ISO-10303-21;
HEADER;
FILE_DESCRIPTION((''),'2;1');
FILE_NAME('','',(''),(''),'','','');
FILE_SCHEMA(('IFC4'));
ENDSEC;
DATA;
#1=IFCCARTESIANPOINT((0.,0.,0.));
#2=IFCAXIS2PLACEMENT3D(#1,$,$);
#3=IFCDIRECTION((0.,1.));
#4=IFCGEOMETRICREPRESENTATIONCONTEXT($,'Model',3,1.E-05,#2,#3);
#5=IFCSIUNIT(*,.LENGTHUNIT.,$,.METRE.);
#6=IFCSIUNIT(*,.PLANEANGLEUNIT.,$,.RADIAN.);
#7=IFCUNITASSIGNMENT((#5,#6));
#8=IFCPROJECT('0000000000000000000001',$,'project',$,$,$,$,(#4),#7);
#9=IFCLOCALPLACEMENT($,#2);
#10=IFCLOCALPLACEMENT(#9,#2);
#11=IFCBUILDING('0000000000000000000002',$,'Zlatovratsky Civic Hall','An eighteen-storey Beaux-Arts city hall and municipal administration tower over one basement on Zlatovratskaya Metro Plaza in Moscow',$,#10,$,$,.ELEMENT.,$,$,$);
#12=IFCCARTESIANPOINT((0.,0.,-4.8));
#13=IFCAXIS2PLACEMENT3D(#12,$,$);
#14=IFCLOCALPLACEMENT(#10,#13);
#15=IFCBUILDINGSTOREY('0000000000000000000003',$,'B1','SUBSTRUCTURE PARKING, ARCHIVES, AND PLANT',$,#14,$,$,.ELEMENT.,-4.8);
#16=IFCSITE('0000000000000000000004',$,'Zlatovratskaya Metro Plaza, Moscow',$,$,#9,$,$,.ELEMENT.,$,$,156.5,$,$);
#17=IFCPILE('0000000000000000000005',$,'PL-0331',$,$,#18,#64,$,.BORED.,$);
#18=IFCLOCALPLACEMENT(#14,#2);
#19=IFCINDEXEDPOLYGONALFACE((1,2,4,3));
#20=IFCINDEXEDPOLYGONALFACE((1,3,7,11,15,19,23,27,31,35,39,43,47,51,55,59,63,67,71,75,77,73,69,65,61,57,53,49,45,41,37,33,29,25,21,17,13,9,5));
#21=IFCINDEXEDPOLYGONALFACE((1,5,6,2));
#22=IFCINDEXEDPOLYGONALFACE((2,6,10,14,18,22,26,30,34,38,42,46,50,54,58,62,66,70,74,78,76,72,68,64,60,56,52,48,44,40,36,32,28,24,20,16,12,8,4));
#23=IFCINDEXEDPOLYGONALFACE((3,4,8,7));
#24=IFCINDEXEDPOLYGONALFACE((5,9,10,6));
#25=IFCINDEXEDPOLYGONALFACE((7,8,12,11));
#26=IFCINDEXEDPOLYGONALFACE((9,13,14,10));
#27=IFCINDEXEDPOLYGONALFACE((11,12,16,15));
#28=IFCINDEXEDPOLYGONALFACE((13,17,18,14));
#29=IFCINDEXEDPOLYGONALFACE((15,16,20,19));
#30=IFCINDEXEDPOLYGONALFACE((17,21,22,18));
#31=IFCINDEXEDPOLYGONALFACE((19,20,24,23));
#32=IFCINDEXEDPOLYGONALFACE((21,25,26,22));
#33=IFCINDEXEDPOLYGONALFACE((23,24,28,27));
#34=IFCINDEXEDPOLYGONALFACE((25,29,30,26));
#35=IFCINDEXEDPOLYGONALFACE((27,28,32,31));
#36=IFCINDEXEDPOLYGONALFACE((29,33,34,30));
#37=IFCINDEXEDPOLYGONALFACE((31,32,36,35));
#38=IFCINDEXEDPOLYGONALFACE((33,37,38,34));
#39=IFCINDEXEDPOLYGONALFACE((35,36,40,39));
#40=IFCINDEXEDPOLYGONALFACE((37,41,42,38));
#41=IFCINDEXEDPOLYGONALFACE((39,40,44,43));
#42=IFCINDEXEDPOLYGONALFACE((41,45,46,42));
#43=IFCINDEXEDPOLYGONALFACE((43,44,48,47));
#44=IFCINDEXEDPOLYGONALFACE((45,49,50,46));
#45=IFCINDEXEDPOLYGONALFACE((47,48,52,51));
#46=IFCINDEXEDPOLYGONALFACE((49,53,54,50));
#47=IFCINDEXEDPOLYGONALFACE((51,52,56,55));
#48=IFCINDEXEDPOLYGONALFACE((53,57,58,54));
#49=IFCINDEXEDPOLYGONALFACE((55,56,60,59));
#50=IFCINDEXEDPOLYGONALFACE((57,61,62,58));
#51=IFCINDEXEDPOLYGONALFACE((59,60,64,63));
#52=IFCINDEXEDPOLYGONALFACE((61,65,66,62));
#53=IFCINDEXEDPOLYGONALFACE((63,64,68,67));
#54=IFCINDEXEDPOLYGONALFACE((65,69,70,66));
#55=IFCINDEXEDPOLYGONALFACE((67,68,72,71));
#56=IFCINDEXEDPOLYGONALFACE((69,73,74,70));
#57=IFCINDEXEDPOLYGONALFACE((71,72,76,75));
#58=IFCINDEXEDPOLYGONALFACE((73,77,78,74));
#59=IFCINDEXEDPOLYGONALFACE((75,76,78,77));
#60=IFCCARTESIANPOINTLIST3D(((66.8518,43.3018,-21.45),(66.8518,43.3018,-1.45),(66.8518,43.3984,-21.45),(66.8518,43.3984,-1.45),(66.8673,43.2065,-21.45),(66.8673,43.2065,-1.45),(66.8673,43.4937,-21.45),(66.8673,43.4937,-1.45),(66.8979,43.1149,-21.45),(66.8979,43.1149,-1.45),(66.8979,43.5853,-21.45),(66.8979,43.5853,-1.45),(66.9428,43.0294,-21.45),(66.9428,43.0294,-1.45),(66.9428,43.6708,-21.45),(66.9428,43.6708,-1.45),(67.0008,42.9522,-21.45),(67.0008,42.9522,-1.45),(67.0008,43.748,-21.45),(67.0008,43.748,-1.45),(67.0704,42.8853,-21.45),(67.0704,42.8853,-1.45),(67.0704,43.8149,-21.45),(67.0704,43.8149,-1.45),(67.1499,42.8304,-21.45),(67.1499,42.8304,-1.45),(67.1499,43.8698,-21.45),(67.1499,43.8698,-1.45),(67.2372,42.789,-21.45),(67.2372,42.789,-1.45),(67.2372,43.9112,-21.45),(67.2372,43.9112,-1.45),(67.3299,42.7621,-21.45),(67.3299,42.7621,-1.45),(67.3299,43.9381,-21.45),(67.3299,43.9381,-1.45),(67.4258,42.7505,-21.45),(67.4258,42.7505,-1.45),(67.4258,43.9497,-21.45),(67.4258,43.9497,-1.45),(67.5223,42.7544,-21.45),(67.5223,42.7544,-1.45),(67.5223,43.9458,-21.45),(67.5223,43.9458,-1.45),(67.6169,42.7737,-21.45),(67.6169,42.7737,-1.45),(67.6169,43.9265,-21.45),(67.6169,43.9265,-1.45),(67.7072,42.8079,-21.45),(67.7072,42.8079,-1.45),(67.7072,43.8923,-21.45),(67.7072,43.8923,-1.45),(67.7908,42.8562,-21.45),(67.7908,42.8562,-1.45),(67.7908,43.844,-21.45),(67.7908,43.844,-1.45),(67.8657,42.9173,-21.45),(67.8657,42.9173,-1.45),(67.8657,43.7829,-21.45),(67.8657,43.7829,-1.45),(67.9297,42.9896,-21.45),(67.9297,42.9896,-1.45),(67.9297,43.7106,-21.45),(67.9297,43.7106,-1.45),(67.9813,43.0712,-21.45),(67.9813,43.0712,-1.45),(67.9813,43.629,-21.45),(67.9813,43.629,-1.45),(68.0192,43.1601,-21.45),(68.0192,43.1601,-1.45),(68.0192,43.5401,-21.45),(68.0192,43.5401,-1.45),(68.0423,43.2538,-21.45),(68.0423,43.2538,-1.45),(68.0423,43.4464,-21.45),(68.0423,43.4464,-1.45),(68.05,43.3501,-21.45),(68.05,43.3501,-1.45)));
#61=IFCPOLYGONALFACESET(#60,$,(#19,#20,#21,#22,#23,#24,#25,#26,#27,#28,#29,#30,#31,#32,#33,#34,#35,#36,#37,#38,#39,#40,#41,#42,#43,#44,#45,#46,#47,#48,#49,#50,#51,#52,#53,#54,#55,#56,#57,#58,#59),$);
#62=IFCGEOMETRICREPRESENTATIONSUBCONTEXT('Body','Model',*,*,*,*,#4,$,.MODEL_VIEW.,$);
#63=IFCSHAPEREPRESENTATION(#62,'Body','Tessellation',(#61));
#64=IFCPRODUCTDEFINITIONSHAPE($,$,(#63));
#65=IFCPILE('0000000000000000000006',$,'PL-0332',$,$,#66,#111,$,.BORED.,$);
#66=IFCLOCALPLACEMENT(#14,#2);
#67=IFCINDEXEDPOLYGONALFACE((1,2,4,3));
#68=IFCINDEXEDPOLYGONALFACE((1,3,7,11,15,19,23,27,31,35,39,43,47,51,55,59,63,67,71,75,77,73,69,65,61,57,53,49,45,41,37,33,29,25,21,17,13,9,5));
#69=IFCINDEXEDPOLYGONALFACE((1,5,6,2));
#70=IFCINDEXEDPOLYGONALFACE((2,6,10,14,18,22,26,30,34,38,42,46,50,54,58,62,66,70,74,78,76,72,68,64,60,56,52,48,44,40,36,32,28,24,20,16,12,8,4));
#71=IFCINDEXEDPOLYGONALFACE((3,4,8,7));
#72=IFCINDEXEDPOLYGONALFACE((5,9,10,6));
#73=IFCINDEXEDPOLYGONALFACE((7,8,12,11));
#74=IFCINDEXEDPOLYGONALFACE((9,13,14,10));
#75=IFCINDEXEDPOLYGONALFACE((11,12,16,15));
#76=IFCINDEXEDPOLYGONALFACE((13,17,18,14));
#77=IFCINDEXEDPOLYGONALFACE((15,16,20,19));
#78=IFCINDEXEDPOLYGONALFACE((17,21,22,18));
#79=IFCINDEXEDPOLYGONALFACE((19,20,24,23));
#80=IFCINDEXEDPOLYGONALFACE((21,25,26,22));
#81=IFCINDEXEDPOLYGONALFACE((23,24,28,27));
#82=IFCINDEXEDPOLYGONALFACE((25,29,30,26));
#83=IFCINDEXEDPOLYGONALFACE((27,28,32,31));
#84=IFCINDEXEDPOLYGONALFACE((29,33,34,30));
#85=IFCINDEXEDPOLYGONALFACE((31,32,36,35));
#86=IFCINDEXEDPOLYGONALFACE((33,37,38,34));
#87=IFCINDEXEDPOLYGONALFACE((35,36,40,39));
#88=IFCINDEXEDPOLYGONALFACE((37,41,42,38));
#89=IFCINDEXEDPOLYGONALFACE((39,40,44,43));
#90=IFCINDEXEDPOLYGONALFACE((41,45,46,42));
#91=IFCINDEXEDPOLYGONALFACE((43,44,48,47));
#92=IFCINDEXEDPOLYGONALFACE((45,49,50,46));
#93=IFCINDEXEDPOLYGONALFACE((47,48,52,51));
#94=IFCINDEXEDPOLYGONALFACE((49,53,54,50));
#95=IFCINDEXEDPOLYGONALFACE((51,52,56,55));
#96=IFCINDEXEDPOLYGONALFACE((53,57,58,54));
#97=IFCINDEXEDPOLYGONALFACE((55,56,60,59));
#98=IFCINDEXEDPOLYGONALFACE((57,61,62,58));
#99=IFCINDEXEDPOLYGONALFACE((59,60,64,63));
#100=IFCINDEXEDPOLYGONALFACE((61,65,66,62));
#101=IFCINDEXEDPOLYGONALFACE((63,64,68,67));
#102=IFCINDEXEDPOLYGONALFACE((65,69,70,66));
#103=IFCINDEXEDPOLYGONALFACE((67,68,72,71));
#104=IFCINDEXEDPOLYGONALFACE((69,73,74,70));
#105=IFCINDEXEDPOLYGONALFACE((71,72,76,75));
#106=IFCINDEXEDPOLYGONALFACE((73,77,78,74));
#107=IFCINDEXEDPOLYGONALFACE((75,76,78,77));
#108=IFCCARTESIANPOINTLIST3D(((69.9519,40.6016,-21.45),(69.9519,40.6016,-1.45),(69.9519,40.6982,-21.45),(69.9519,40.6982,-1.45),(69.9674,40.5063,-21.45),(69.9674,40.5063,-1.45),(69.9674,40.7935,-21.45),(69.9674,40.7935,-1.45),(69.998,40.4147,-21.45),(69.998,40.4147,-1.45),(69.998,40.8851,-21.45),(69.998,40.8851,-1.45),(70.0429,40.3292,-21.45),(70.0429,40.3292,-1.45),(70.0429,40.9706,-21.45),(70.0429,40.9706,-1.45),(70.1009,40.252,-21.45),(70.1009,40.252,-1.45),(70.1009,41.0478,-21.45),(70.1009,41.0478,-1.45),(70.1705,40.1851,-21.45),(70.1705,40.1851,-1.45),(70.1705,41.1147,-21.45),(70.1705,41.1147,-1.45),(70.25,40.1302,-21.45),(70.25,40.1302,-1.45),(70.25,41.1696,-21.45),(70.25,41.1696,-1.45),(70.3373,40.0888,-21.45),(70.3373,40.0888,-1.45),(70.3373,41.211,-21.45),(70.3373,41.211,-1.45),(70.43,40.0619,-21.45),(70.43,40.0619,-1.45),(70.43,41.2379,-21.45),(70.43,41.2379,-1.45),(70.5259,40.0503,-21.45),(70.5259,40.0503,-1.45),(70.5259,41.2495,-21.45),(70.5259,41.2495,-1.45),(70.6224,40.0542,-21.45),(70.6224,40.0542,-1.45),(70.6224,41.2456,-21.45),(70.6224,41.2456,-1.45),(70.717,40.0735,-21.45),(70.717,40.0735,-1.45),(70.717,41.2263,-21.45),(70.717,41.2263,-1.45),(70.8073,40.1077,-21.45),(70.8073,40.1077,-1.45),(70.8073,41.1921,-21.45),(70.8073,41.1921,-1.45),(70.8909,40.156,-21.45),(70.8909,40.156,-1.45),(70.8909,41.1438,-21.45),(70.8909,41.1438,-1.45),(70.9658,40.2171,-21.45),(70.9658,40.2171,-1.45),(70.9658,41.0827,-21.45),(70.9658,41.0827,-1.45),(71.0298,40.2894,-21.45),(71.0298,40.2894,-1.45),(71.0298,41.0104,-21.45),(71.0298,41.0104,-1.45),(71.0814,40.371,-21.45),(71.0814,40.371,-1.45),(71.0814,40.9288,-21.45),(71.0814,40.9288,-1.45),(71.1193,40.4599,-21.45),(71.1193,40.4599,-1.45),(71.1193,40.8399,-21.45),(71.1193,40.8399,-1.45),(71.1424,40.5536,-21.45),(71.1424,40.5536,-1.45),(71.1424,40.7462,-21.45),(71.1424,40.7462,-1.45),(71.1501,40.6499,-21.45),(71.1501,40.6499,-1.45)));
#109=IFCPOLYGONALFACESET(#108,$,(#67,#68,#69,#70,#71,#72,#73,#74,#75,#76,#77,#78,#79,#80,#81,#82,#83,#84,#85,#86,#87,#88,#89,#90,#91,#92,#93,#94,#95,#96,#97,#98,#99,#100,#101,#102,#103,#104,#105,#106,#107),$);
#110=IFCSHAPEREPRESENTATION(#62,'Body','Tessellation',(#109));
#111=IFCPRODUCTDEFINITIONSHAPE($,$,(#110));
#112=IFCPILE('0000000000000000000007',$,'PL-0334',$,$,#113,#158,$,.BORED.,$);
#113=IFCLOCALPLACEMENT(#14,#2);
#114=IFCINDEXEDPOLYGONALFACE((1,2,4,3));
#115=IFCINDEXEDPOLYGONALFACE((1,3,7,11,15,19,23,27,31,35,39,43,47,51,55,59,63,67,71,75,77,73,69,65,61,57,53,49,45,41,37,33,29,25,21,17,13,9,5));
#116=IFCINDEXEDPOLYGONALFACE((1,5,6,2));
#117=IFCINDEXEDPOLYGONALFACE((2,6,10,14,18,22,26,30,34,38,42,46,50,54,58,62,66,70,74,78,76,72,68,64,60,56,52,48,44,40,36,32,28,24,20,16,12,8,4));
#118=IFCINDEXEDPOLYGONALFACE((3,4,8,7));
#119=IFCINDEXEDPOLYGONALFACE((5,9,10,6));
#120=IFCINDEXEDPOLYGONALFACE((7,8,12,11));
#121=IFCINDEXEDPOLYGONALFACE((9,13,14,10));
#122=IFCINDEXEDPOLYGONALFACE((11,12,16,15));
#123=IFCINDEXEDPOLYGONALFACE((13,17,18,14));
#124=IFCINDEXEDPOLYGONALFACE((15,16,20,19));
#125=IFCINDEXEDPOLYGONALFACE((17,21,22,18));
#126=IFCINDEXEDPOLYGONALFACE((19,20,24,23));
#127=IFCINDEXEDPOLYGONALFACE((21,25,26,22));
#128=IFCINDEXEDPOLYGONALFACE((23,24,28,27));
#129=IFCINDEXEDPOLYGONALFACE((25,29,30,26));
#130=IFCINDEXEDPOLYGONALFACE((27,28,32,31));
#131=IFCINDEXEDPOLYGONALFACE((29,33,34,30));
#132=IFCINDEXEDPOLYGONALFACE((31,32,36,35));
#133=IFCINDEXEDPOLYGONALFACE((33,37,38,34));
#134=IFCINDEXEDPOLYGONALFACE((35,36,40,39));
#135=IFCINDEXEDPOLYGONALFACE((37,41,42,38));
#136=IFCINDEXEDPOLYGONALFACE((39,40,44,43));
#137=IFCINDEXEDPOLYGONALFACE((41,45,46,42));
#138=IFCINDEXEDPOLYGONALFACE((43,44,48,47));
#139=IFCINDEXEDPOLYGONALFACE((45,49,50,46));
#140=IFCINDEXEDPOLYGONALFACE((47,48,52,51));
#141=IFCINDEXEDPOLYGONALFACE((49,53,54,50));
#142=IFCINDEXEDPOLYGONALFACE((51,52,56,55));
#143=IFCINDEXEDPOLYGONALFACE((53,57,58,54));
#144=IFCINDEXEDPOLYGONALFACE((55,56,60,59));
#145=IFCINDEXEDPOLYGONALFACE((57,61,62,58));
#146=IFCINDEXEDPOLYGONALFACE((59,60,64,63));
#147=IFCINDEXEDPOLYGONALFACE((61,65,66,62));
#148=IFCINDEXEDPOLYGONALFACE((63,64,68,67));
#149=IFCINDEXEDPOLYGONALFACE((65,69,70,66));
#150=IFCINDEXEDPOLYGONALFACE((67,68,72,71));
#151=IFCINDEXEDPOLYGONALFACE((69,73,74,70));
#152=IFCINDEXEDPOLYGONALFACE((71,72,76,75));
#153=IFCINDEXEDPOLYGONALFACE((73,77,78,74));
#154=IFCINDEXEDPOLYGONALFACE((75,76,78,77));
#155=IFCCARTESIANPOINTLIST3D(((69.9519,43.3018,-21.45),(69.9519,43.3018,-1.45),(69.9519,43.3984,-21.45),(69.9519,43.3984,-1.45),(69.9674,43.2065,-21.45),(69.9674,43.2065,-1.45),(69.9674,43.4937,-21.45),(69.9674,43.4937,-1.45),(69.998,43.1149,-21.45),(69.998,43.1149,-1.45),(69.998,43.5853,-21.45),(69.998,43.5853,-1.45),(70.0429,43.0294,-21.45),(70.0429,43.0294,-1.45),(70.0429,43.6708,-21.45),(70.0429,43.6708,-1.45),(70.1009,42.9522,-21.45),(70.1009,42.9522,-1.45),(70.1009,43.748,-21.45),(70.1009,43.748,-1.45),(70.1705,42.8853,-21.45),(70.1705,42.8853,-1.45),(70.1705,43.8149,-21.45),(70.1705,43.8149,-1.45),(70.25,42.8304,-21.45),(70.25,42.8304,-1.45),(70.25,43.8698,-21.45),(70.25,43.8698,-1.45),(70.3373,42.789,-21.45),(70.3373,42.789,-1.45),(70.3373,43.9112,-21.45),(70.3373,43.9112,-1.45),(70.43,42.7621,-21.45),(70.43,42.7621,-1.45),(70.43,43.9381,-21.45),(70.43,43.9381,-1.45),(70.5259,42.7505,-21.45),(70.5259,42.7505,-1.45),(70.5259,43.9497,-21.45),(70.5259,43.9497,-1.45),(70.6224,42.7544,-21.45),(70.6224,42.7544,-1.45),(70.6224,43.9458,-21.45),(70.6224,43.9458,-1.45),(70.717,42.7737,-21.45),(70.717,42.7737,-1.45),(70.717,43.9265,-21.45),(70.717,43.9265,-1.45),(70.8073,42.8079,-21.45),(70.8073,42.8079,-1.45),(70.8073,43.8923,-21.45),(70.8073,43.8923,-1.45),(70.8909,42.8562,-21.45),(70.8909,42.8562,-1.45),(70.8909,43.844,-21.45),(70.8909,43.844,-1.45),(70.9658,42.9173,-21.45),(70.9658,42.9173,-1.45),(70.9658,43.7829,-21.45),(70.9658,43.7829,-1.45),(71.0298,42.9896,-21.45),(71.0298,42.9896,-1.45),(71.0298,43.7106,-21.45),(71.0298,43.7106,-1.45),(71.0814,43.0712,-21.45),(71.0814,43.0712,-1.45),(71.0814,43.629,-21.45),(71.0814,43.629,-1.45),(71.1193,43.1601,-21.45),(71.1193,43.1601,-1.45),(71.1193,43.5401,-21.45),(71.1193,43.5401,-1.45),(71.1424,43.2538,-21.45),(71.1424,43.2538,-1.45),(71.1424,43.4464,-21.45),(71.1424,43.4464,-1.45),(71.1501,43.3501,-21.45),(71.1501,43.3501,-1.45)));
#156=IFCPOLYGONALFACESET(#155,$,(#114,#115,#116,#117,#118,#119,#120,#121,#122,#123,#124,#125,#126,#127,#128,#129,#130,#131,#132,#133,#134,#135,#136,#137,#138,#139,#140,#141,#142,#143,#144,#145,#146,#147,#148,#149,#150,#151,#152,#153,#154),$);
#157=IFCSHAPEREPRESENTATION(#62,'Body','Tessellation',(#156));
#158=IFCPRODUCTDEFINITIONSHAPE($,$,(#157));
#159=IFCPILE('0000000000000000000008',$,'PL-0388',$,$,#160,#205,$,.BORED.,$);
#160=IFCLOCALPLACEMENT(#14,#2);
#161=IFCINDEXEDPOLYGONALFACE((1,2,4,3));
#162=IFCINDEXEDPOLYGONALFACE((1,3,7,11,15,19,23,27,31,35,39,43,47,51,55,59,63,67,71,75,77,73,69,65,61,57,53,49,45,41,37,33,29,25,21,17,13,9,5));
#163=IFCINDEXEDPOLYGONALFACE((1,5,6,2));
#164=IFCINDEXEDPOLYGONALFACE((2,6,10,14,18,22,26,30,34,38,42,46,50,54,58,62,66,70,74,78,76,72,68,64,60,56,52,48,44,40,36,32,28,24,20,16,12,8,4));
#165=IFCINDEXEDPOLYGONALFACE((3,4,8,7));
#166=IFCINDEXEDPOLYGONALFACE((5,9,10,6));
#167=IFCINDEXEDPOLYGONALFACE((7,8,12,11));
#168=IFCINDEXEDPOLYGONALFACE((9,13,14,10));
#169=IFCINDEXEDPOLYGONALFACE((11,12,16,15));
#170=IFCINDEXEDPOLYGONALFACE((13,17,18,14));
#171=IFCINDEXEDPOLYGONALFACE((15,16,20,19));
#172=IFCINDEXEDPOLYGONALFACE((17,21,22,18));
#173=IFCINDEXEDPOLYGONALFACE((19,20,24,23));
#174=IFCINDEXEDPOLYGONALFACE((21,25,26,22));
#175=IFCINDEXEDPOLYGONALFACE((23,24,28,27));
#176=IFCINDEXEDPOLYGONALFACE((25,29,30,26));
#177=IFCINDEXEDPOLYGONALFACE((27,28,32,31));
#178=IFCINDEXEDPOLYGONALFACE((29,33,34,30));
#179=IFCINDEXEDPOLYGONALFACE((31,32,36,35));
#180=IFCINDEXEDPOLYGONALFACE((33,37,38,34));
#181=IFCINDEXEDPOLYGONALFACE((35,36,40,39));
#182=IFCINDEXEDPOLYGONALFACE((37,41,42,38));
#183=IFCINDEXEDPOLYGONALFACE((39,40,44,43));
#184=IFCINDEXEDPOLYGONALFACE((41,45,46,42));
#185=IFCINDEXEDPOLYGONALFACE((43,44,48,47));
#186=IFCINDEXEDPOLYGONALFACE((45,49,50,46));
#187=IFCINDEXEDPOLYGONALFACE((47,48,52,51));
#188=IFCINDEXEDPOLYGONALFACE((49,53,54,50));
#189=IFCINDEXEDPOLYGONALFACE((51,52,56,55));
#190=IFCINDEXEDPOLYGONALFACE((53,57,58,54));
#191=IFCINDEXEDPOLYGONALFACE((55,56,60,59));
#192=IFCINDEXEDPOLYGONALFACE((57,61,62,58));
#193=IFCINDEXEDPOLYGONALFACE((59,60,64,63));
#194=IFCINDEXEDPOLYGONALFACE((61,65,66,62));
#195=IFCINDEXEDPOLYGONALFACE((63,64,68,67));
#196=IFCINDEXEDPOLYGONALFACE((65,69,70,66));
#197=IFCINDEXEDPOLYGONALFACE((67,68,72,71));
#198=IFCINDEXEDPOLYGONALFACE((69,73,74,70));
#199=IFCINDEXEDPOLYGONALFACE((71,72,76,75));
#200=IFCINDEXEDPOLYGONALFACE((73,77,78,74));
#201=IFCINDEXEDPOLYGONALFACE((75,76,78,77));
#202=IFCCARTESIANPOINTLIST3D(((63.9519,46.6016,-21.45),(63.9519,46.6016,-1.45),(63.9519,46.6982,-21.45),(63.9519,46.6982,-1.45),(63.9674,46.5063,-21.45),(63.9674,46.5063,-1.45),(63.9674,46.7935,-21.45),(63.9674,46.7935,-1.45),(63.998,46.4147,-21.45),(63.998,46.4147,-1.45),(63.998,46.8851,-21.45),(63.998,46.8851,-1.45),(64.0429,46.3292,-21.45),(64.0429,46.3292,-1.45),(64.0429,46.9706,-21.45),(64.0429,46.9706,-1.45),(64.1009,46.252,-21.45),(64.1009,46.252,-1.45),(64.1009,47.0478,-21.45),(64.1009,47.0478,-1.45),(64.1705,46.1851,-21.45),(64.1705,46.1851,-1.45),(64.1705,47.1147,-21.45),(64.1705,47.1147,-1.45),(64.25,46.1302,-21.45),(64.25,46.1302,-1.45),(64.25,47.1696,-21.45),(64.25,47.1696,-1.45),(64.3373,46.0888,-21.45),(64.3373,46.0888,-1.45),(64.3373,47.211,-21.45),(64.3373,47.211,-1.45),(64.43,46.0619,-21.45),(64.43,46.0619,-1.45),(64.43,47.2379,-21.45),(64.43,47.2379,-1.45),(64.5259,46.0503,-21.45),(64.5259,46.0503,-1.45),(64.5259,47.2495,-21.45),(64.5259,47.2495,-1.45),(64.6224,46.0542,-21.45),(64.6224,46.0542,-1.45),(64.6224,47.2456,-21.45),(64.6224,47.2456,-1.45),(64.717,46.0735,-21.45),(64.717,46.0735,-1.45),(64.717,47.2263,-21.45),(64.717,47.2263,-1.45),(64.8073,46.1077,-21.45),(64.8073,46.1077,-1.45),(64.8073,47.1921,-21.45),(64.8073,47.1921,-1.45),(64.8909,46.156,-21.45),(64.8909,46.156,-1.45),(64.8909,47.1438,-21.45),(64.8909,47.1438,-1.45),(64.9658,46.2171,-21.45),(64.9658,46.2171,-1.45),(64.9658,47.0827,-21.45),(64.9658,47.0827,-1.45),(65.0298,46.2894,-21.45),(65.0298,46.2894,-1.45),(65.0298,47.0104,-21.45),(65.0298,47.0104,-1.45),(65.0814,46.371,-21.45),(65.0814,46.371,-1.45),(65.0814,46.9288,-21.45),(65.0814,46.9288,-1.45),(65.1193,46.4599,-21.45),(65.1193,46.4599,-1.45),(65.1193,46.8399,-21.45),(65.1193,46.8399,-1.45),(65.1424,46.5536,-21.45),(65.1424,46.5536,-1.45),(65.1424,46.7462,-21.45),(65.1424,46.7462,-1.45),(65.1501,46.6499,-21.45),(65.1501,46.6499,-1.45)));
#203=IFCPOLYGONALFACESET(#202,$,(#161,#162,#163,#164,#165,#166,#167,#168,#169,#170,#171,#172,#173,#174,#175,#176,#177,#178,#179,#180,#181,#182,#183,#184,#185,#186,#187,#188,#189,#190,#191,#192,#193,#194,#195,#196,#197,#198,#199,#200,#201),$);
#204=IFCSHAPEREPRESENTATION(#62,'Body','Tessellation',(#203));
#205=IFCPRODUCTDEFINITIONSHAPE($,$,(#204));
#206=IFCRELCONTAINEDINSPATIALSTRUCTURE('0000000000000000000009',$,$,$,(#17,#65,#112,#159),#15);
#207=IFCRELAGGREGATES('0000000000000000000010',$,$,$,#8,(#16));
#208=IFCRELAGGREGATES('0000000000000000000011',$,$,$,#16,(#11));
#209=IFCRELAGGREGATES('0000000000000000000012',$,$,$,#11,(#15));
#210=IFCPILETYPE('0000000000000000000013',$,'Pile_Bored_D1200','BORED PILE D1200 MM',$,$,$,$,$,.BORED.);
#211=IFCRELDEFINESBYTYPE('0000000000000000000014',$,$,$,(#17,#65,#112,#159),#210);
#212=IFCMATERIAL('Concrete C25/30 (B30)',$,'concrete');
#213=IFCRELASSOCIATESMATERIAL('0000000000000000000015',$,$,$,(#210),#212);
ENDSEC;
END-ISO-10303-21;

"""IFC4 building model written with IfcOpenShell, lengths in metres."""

from ifc_helpers import new_model, si_unit, direction, frame, origin, origin_2d, place, context, subcontext, project, spatial, circle, extrude, material, material_profile, profile_set, type_object, element, save


model = new_model("IFC4")

# Units and contexts
model_context = context("Model", 3, precision=1e-05, world=origin(), true_north=direction((0.0, 1.0)))
body_context = subcontext(model_context, "Body", "Model", "MODEL_VIEW")
ifc_project = project(units=[si_unit("LENGTHUNIT", "METRE"), si_unit("PLANEANGLEUNIT", "RADIAN")], contexts=[model_context])

# Site, building, storey
site_placement = place(None, origin())
site = spatial("IfcSite", under=ifc_project, at=site_placement, Name="Zlatovratskaya Metro Plaza, Moscow", CompositionType="ELEMENT", RefElevation=156.5)
building_placement = place(site_placement, origin())
building = spatial("IfcBuilding", under=site, at=building_placement, Name="Zlatovratsky Civic Hall", Description="An eighteen-storey Beaux-Arts city hall and municipal administration tower over one basement on Zlatovratskaya Metro Plaza in Moscow", CompositionType="ELEMENT")
storey_placement = place(building_placement, frame((0.0, 0.0, -4.8)))
storey = spatial("IfcBuildingStorey", under=building, at=storey_placement, Name="B1", Description="SUBSTRUCTURE PARKING, ARCHIVES, AND PLANT", CompositionType="ELEMENT", Elevation=-4.8)

# Shared definitions
ifc_material_1 = material(Name="Concrete C25/30 (B30)", Category="concrete")

# Piles
ifc_material_profile_1 = material_profile(ifc_material_1, circle(Radius=0.6001, at=origin_2d()), Name="PILE D1200")
ifc_profile_set_1 = profile_set([ifc_material_profile_1], Name="Concrete C25/30 (B30)")
pile_type_1 = type_object("IfcPileType", Name="Pile_Bored_D1200", Description="BORED PILE D1200 MM", PredefinedType="BORED", material=ifc_profile_set_1)
for number, where, z_axis, x_axis, name in (
    (1, (67.45, 43.3501, -1.45), (0.0, 0.0, -1.0), (1.0, 0.0, 0.0), "PL-0331"),
    (2, (70.55, 40.6499, -1.45), (0.0, 0.0, -1.0), (1.0, 0.0, 0.0), "PL-0332"),
    (3, (70.55, 43.3501, -1.45), (0.0, 0.0, -1.0), (1.0, 0.0, 0.0), "PL-0334"),
    (4, (64.55, 46.6499, -1.45), (0.0, 0.0, -1.0), (1.0, 0.0, 0.0), "PL-0388"),
):
    element("IfcPile", number, at=place(storey_placement, frame(where, z_axis=z_axis, x_axis=x_axis)), inside=storey, type_object=pile_type_1, Name=name, PredefinedType="BORED", context=body_context, shape_type="SweptSolid", body=[
        extrude(circle(Radius=0.6001, at=origin_2d()), origin(), (0.0, 0.0, 1.0), 20.0),
    ])

save(model, "model.ifc")
